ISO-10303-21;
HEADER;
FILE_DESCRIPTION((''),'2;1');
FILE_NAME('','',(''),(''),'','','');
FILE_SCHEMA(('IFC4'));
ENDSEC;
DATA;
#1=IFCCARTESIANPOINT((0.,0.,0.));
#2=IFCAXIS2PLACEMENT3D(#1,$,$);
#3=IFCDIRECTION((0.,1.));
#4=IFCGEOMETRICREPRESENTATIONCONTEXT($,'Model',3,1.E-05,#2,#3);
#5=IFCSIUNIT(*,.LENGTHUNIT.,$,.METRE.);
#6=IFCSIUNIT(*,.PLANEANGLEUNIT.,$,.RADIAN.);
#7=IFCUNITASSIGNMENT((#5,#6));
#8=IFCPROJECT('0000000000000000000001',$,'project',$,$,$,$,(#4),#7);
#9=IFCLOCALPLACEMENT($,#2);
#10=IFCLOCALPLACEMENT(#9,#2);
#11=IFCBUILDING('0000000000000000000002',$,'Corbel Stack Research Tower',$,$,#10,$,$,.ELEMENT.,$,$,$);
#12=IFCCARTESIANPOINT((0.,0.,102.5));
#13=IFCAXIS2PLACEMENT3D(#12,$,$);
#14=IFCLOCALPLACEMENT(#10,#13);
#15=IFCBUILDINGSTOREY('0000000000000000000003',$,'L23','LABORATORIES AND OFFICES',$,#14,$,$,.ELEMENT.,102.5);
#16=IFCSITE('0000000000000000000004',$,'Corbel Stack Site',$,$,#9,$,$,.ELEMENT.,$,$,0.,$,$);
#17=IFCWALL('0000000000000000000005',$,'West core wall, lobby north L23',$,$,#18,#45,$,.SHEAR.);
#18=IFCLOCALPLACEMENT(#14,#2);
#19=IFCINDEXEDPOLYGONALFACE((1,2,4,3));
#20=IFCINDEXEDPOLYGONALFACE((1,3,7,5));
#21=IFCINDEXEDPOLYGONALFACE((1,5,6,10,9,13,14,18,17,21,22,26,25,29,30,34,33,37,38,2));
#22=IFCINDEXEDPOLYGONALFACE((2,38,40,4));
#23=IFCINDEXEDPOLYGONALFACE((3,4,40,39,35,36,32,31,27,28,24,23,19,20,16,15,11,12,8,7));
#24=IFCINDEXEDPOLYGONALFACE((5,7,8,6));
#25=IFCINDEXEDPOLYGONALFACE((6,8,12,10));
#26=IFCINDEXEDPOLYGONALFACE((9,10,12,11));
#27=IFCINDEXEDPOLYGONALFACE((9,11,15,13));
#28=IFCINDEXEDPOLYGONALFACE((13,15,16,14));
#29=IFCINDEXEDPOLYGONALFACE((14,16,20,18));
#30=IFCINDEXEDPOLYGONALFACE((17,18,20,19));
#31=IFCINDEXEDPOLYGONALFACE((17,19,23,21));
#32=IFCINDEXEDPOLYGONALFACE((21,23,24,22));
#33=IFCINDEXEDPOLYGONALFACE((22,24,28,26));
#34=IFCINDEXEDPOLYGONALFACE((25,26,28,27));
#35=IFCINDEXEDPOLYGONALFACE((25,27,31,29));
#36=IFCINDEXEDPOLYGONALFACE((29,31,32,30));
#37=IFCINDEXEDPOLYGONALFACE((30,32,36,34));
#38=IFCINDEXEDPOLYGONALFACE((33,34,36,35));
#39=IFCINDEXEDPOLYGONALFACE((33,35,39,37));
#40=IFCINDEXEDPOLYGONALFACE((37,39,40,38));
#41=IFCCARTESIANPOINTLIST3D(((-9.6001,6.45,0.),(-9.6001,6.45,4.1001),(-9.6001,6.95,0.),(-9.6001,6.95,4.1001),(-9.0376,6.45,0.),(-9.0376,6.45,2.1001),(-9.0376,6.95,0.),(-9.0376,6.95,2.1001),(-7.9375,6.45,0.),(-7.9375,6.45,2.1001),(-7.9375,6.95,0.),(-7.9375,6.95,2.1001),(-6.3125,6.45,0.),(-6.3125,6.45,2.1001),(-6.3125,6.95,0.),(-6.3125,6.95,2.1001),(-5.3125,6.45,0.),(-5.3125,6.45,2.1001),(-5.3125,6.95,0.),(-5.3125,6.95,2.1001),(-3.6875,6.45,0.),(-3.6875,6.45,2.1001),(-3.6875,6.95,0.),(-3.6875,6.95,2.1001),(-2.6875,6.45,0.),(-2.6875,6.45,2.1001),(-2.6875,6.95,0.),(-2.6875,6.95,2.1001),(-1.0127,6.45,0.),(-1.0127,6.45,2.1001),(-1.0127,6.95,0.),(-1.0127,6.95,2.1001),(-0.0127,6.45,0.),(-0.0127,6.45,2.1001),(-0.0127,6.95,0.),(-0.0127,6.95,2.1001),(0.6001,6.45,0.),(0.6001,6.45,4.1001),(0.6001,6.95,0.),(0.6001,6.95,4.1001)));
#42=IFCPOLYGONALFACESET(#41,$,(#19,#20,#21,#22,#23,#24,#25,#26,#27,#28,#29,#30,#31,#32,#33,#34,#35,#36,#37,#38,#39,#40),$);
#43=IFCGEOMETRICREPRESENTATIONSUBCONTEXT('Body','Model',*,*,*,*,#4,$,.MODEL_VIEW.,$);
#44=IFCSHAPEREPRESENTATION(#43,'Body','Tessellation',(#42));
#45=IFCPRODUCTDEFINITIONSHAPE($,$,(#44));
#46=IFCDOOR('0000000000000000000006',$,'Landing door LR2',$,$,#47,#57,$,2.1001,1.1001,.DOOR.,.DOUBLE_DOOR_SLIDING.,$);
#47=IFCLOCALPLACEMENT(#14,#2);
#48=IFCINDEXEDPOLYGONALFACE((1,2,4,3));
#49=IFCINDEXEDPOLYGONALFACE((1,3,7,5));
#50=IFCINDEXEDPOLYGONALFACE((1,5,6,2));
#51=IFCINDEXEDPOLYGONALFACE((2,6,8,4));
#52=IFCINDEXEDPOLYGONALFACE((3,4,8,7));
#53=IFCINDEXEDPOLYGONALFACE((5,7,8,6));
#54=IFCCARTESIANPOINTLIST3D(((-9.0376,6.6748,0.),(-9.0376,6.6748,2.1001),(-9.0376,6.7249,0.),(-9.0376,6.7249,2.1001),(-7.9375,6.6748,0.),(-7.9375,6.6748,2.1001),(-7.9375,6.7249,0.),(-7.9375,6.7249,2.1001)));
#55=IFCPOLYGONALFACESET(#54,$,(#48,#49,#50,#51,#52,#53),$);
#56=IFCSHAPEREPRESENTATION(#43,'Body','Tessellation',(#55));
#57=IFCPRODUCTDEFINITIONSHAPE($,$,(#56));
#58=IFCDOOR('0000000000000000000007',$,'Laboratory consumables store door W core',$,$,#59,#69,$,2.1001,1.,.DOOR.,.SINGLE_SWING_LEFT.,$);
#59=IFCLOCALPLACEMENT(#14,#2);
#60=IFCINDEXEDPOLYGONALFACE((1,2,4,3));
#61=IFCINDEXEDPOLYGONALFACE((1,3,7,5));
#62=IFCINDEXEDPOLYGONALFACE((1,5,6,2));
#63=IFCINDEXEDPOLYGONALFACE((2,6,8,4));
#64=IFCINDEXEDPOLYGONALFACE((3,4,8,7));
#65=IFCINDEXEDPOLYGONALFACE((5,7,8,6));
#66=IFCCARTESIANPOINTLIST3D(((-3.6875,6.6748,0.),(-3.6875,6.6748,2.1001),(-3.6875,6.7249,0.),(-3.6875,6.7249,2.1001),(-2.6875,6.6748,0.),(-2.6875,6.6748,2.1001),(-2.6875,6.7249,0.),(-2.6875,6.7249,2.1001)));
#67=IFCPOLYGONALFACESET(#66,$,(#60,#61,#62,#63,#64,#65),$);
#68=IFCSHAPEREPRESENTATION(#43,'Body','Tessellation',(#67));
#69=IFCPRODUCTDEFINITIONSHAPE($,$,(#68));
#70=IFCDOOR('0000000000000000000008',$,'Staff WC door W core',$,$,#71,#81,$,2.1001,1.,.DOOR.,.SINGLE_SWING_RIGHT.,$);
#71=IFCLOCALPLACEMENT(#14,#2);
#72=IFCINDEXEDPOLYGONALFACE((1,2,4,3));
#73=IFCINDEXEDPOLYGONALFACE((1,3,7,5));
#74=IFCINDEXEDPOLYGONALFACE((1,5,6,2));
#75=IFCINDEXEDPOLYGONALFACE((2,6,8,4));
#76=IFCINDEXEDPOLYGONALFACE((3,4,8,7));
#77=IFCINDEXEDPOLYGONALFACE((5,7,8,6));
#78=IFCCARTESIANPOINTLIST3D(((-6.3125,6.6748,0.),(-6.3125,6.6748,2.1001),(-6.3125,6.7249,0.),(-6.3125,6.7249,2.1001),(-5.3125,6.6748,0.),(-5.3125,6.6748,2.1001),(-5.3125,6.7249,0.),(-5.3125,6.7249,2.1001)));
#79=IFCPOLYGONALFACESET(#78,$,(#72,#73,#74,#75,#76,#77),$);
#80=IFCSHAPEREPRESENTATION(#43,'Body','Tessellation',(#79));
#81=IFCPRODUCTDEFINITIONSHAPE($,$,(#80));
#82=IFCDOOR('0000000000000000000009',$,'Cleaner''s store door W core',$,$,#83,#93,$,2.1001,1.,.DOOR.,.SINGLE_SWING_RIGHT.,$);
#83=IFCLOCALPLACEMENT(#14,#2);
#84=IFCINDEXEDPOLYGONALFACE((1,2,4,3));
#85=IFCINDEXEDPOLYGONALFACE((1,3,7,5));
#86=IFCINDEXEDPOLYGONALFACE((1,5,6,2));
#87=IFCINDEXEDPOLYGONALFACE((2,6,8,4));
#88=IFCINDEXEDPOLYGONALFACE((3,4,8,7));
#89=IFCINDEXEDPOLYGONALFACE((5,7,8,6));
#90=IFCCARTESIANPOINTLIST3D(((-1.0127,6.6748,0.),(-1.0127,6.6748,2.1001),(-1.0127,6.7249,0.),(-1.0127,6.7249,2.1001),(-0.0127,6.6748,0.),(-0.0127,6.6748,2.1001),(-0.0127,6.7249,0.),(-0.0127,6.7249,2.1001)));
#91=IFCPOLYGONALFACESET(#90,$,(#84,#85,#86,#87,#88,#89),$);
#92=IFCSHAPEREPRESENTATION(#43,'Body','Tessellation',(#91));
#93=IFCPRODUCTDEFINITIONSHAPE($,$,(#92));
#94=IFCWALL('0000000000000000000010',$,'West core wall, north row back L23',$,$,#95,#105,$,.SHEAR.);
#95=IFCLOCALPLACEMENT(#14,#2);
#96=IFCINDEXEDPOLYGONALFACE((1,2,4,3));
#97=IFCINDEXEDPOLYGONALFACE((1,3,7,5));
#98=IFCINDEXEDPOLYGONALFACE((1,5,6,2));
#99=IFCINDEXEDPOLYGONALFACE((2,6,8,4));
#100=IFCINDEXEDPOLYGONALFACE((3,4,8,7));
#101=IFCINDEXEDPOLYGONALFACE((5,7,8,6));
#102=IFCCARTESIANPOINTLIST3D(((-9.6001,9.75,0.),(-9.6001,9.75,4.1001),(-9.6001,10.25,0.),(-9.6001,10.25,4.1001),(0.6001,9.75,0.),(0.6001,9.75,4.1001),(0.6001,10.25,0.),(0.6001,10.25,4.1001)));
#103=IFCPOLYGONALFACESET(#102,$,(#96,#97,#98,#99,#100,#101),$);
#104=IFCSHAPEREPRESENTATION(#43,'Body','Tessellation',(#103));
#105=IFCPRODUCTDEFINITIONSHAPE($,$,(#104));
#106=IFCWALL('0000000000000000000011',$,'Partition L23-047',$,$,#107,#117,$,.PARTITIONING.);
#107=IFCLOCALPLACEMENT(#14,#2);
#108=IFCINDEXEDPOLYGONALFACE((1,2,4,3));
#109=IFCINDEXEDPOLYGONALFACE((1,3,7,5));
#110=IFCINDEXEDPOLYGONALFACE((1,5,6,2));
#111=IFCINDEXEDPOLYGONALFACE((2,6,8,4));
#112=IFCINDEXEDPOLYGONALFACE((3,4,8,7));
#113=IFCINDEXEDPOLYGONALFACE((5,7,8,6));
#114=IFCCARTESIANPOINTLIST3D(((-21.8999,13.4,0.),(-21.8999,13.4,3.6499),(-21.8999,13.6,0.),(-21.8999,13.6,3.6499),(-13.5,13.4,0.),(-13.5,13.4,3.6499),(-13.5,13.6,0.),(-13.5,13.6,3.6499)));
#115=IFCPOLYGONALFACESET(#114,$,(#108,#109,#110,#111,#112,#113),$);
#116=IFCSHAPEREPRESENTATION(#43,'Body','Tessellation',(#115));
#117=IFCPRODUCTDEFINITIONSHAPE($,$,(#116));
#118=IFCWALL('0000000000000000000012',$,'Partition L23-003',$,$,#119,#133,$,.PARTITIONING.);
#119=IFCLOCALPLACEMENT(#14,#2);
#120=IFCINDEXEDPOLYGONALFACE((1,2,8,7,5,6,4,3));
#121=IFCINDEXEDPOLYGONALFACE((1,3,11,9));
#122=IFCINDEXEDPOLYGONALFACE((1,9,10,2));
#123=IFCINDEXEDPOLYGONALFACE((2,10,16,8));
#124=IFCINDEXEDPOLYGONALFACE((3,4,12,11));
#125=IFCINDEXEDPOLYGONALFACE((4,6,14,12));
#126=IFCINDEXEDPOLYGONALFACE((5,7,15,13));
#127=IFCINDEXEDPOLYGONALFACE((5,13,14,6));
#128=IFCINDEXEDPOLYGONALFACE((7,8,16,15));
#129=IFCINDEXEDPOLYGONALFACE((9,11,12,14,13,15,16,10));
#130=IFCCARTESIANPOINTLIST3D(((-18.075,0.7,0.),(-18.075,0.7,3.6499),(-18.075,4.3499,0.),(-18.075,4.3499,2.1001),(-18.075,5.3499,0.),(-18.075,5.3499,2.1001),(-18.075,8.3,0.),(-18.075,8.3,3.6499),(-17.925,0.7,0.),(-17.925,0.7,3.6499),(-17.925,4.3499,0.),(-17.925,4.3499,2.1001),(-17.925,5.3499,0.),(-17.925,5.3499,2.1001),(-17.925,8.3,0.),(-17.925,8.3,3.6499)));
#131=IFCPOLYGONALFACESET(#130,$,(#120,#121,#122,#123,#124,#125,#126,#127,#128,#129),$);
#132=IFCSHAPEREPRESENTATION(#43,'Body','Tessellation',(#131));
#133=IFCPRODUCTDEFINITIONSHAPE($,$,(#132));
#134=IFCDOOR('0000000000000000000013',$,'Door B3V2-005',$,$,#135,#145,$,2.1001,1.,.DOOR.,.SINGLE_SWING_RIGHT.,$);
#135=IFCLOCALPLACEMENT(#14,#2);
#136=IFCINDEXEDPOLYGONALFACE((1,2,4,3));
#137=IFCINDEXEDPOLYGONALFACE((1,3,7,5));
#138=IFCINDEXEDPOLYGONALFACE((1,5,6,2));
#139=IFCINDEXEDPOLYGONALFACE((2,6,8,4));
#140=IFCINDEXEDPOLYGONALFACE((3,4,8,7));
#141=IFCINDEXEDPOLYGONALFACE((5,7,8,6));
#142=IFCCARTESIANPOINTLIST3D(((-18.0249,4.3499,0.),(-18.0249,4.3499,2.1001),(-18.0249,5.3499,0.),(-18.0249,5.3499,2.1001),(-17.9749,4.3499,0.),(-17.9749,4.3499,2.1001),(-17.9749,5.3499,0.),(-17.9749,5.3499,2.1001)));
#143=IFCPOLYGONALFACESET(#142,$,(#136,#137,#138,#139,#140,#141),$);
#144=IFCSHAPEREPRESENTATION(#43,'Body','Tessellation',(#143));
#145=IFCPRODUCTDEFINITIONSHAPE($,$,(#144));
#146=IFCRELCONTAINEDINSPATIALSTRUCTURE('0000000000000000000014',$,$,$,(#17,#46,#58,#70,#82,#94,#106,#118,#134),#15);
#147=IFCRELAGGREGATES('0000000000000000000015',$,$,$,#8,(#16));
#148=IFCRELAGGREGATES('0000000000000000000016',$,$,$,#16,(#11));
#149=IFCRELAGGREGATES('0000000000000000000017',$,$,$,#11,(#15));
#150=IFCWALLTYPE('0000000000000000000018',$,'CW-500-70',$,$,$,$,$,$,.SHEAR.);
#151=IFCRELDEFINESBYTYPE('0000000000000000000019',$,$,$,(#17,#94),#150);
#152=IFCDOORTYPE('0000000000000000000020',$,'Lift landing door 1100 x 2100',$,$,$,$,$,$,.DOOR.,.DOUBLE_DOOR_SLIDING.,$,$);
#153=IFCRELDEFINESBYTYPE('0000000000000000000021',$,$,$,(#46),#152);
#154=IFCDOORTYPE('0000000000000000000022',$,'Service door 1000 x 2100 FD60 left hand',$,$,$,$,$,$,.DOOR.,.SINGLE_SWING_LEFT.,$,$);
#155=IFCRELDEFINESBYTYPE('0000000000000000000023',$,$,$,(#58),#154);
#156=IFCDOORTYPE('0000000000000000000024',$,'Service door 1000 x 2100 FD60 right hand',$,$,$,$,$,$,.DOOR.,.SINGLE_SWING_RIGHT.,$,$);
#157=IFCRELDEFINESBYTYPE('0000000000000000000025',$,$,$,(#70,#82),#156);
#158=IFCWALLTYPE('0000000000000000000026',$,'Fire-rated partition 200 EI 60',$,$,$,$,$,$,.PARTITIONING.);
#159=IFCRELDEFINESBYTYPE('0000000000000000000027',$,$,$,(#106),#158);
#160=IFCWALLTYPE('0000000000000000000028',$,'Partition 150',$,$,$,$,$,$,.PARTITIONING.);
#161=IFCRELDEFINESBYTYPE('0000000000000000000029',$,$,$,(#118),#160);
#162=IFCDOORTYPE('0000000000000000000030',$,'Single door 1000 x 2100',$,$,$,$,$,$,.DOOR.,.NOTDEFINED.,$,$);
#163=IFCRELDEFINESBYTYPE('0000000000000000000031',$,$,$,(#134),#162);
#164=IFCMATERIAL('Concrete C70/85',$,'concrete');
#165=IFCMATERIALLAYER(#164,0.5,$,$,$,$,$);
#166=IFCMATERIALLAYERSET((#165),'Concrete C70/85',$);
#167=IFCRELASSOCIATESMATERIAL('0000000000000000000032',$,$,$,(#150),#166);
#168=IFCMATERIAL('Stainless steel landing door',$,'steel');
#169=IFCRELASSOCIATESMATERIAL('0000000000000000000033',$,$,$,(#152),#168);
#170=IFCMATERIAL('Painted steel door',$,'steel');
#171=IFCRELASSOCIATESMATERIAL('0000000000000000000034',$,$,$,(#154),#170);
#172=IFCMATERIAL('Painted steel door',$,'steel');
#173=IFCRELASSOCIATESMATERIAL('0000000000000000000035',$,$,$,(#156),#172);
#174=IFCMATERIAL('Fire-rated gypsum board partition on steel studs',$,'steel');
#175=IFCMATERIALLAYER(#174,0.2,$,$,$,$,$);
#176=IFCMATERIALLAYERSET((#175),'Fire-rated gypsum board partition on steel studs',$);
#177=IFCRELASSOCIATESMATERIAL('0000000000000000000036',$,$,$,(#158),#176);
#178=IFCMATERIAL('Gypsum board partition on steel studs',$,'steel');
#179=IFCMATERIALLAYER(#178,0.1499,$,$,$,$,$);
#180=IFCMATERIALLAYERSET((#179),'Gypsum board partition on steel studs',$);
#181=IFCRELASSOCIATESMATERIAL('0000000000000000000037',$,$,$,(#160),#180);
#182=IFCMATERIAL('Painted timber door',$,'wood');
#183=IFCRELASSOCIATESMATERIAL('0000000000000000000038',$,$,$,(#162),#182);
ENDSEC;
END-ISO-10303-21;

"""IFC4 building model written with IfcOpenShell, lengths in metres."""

from ifc_helpers import new_model, si_unit, direction, frame, frame_2d, origin, place, context, subcontext, project, spatial, rectangle, extrude, material, layer, layer_set, type_object, element, fill, save


model = new_model("IFC4")

# Units and contexts
model_context = context("Model", 3, precision=1e-05, world=origin(), true_north=direction((0.0, 1.0)))
body_context = subcontext(model_context, "Body", "Model", "MODEL_VIEW")
ifc_project = project(units=[si_unit("LENGTHUNIT", "METRE"), si_unit("PLANEANGLEUNIT", "RADIAN")], contexts=[model_context])

# Site, building, storey
site_placement = place(None, origin())
site = spatial("IfcSite", under=ifc_project, at=site_placement, Name="Corbel Stack Site", CompositionType="ELEMENT", RefElevation=0.0)
building_placement = place(site_placement, origin())
building = spatial("IfcBuilding", under=site, at=building_placement, Name="Corbel Stack Research Tower", CompositionType="ELEMENT")
storey_placement = place(building_placement, frame((0.0, 0.0, 102.5)))
storey = spatial("IfcBuildingStorey", under=building, at=storey_placement, Name="L23", Description="LABORATORIES AND OFFICES", CompositionType="ELEMENT", Elevation=102.5)

# Wall, openings, doors
ifc_material_1 = material(Name="Concrete C70/85", Category="concrete")
ifc_layer_1 = layer(ifc_material_1, 0.5)
ifc_layer_set_1 = layer_set([ifc_layer_1], Name="Concrete C70/85")
wall_type_1 = type_object("IfcWallType", Name="CW-500-70", PredefinedType="SHEAR", material=ifc_layer_set_1)
ifc_material_2 = material(Name="Stainless steel landing door", Category="steel")
door_type_1 = type_object("IfcDoorType", Name="Lift landing door 1100 x 2100", OperationType="DOUBLE_DOOR_SLIDING", PredefinedType="DOOR", material=ifc_material_2)
wall_1_placement = place(storey_placement, frame((-9.6001, 6.7, 0.0), z_axis=(0.0, 0.0, 1.0), x_axis=(1.0, 0.0, 0.0)))
wall_1 = element("IfcWall", 1, at=wall_1_placement, inside=storey, type_object=wall_type_1, Name="West core wall, lobby north L23", PredefinedType="SHEAR", context=body_context, shape_type="SweptSolid", body=[
    extrude(rectangle(XDim=10.2002, YDim=0.5, at=frame_2d((5.1001, 0.0))), origin(), (0.0, 0.0, 1.0), 4.1001),
])
opening_1_placement = place(wall_1_placement, frame((0.5625, 0.0, 0.0)))
opening_1 = element("IfcOpeningElement", 2, at=opening_1_placement, cuts=wall_1, PredefinedType="OPENING", context=body_context, shape_type="SweptSolid", body=[
    extrude(rectangle(XDim=1.1001, YDim=2.1001, at=frame_2d((0.55, 1.05))), frame((0.0, 0.26, 0.0), z_axis=(0.0, -1.0, 0.0), x_axis=(1.0, 0.0, 0.0)), (0.0, 0.0, 1.0), 0.52),
])
opening_2_placement = place(wall_1_placement, frame((3.2876, 0.0, 0.0)))
opening_2 = element("IfcOpeningElement", 3, at=opening_2_placement, cuts=wall_1, PredefinedType="OPENING", context=body_context, shape_type="SweptSolid", body=[
    extrude(rectangle(XDim=1.0, YDim=2.1001, at=frame_2d((0.5, 1.05))), frame((0.0, 0.26, 0.0), z_axis=(0.0, -1.0, 0.0), x_axis=(1.0, 0.0, 0.0)), (0.0, 0.0, 1.0), 0.52),
])
opening_3_placement = place(wall_1_placement, frame((5.9126, 0.0, 0.0)))
opening_3 = element("IfcOpeningElement", 4, at=opening_3_placement, cuts=wall_1, PredefinedType="OPENING", context=body_context, shape_type="SweptSolid", body=[
    extrude(rectangle(XDim=1.0, YDim=2.1001, at=frame_2d((0.5, 1.05))), frame((0.0, 0.26, 0.0), z_axis=(0.0, -1.0, 0.0), x_axis=(1.0, 0.0, 0.0)), (0.0, 0.0, 1.0), 0.52),
])
opening_4_placement = place(wall_1_placement, frame((8.5874, 0.0, 0.0)))
opening_4 = element("IfcOpeningElement", 5, at=opening_4_placement, cuts=wall_1, PredefinedType="OPENING", context=body_context, shape_type="SweptSolid", body=[
    extrude(rectangle(XDim=1.0, YDim=2.1001, at=frame_2d((0.5, 1.05))), frame((0.0, 0.26, 0.0), z_axis=(0.0, -1.0, 0.0), x_axis=(1.0, 0.0, 0.0)), (0.0, 0.0, 1.0), 0.52),
])
door_1_placement = place(opening_1_placement, origin())
door_1 = element("IfcDoor", 6, at=door_1_placement, inside=storey, type_object=door_type_1, Name="Landing door LR2", OperationType="DOUBLE_DOOR_SLIDING", OverallHeight=2.1001, OverallWidth=1.1001, PredefinedType="DOOR", context=body_context, shape_type="SweptSolid", body=[
    extrude(rectangle(XDim=1.1001, YDim=2.1001, at=frame_2d((0.55, 1.05))), frame((0.0, 0.0249, 0.0), z_axis=(0.0, -1.0, 0.0), x_axis=(1.0, 0.0, 0.0)), (0.0, 0.0, 1.0), 0.05),
])
fill(opening_1, door_1)
ifc_material_3 = material(Name="Painted steel door", Category="steel")
door_type_2 = type_object("IfcDoorType", Name="Service door 1000 x 2100 FD60 left hand", OperationType="SINGLE_SWING_LEFT", PredefinedType="DOOR", material=ifc_material_3)
door_2_placement = place(opening_3_placement, origin())
door_2 = element("IfcDoor", 7, at=door_2_placement, inside=storey, type_object=door_type_2, Name="Laboratory consumables store door W core", OperationType="SINGLE_SWING_LEFT", OverallHeight=2.1001, OverallWidth=1.0, PredefinedType="DOOR", context=body_context, shape_type="SweptSolid", body=[
    extrude(rectangle(XDim=1.0, YDim=2.1001, at=frame_2d((0.5, 1.05))), frame((0.0, 0.0249, 0.0), z_axis=(0.0, -1.0, 0.0), x_axis=(1.0, 0.0, 0.0)), (0.0, 0.0, 1.0), 0.05),
])
fill(opening_3, door_2)
ifc_material_4 = material(Name="Painted steel door", Category="steel")
door_type_3 = type_object("IfcDoorType", Name="Service door 1000 x 2100 FD60 right hand", OperationType="SINGLE_SWING_RIGHT", PredefinedType="DOOR", material=ifc_material_4)
door_3_placement = place(opening_2_placement, origin())
door_3 = element("IfcDoor", 8, at=door_3_placement, inside=storey, type_object=door_type_3, Name="Staff WC door W core", OperationType="SINGLE_SWING_RIGHT", OverallHeight=2.1001, OverallWidth=1.0, PredefinedType="DOOR", context=body_context, shape_type="SweptSolid", body=[
    extrude(rectangle(XDim=1.0, YDim=2.1001, at=frame_2d((0.5, 1.05))), frame((0.0, 0.0249, 0.0), z_axis=(0.0, -1.0, 0.0), x_axis=(1.0, 0.0, 0.0)), (0.0, 0.0, 1.0), 0.05),
])
fill(opening_2, door_3)
door_4_placement = place(opening_4_placement, origin())
door_4 = element("IfcDoor", 9, at=door_4_placement, inside=storey, type_object=door_type_3, Name="Cleaner's store door W core", OperationType="SINGLE_SWING_RIGHT", OverallHeight=2.1001, OverallWidth=1.0, PredefinedType="DOOR", context=body_context, shape_type="SweptSolid", body=[
    extrude(rectangle(XDim=1.0, YDim=2.1001, at=frame_2d((0.5, 1.05))), frame((0.0, 0.0249, 0.0), z_axis=(0.0, -1.0, 0.0), x_axis=(1.0, 0.0, 0.0)), (0.0, 0.0, 1.0), 0.05),
])
fill(opening_4, door_4)

# Walls
wall_2_placement = place(storey_placement, frame((-9.6001, 10.0, 0.0), z_axis=(0.0, 0.0, 1.0), x_axis=(1.0, 0.0, 0.0)))
element("IfcWall", 10, at=wall_2_placement, inside=storey, type_object=wall_type_1, Name="West core wall, north row back L23", PredefinedType="SHEAR", context=body_context, shape_type="SweptSolid", body=[
    extrude(rectangle(XDim=10.2002, YDim=0.5, at=frame_2d((5.1001, 0.0))), origin(), (0.0, 0.0, 1.0), 4.1001),
])
ifc_material_5 = material(Name="Fire-rated gypsum board partition on steel studs", Category="steel")
ifc_layer_2 = layer(ifc_material_5, 0.2)
ifc_layer_set_2 = layer_set([ifc_layer_2], Name="Fire-rated gypsum board partition on steel studs")
wall_type_2 = type_object("IfcWallType", Name="Fire-rated partition 200 EI 60", PredefinedType="PARTITIONING", material=ifc_layer_set_2)
wall_3_placement = place(storey_placement, frame((-21.8999, 13.5, 0.0), z_axis=(0.0, 0.0, 1.0), x_axis=(1.0, 0.0, 0.0)))
element("IfcWall", 11, at=wall_3_placement, inside=storey, type_object=wall_type_2, Name="Partition L23-047", PredefinedType="PARTITIONING", context=body_context, shape_type="SweptSolid", body=[
    extrude(rectangle(XDim=8.3999, YDim=0.2, at=frame_2d((4.2, 0.0))), origin(), (0.0, 0.0, 1.0), 3.6499),
])

# Wall, opening, door
ifc_material_6 = material(Name="Gypsum board partition on steel studs", Category="steel")
ifc_layer_3 = layer(ifc_material_6, 0.1499)
ifc_layer_set_3 = layer_set([ifc_layer_3], Name="Gypsum board partition on steel studs")
wall_type_3 = type_object("IfcWallType", Name="Partition 150", PredefinedType="PARTITIONING", material=ifc_layer_set_3)
wall_4_placement = place(storey_placement, frame((-18.0, 0.7, 0.0), z_axis=(0.0, 0.0, 1.0), x_axis=(0.0, 1.0, 0.0)))
wall_4 = element("IfcWall", 12, at=wall_4_placement, inside=storey, type_object=wall_type_3, Name="Partition L23-003", PredefinedType="PARTITIONING", context=body_context, shape_type="SweptSolid", body=[
    extrude(rectangle(XDim=7.6001, YDim=0.1499, at=frame_2d((3.8, 0.0))), origin(), (0.0, 0.0, 1.0), 3.6499),
])
opening_5_placement = place(wall_4_placement, frame((3.6499, 0.0, 0.0)))
opening_5 = element("IfcOpeningElement", 13, at=opening_5_placement, cuts=wall_4, PredefinedType="OPENING", context=body_context, shape_type="SweptSolid", body=[
    extrude(rectangle(XDim=1.0, YDim=2.1001, at=frame_2d((0.5, 1.05))), frame((0.0, 0.085, 0.0), z_axis=(0.0, -1.0, 0.0), x_axis=(1.0, 0.0, 0.0)), (0.0, 0.0, 1.0), 0.1699),
])
ifc_material_7 = material(Name="Painted timber door", Category="wood")
door_type_4 = type_object("IfcDoorType", Name="Single door 1000 x 2100", OperationType="NOTDEFINED", PredefinedType="DOOR", material=ifc_material_7)
door_5_placement = place(opening_5_placement, origin())
door_5 = element("IfcDoor", 14, at=door_5_placement, inside=storey, type_object=door_type_4, Name="Door B3V2-005", OperationType="SINGLE_SWING_RIGHT", OverallHeight=2.1001, OverallWidth=1.0, PredefinedType="DOOR", context=body_context, shape_type="SweptSolid", body=[
    extrude(rectangle(XDim=1.0, YDim=2.1001, at=frame_2d((0.5, 1.05))), frame((0.0, 0.0249, 0.0), z_axis=(0.0, -1.0, 0.0), x_axis=(1.0, 0.0, 0.0)), (0.0, 0.0, 1.0), 0.05),
])
fill(opening_5, door_5)

save(model, "model.ifc")
